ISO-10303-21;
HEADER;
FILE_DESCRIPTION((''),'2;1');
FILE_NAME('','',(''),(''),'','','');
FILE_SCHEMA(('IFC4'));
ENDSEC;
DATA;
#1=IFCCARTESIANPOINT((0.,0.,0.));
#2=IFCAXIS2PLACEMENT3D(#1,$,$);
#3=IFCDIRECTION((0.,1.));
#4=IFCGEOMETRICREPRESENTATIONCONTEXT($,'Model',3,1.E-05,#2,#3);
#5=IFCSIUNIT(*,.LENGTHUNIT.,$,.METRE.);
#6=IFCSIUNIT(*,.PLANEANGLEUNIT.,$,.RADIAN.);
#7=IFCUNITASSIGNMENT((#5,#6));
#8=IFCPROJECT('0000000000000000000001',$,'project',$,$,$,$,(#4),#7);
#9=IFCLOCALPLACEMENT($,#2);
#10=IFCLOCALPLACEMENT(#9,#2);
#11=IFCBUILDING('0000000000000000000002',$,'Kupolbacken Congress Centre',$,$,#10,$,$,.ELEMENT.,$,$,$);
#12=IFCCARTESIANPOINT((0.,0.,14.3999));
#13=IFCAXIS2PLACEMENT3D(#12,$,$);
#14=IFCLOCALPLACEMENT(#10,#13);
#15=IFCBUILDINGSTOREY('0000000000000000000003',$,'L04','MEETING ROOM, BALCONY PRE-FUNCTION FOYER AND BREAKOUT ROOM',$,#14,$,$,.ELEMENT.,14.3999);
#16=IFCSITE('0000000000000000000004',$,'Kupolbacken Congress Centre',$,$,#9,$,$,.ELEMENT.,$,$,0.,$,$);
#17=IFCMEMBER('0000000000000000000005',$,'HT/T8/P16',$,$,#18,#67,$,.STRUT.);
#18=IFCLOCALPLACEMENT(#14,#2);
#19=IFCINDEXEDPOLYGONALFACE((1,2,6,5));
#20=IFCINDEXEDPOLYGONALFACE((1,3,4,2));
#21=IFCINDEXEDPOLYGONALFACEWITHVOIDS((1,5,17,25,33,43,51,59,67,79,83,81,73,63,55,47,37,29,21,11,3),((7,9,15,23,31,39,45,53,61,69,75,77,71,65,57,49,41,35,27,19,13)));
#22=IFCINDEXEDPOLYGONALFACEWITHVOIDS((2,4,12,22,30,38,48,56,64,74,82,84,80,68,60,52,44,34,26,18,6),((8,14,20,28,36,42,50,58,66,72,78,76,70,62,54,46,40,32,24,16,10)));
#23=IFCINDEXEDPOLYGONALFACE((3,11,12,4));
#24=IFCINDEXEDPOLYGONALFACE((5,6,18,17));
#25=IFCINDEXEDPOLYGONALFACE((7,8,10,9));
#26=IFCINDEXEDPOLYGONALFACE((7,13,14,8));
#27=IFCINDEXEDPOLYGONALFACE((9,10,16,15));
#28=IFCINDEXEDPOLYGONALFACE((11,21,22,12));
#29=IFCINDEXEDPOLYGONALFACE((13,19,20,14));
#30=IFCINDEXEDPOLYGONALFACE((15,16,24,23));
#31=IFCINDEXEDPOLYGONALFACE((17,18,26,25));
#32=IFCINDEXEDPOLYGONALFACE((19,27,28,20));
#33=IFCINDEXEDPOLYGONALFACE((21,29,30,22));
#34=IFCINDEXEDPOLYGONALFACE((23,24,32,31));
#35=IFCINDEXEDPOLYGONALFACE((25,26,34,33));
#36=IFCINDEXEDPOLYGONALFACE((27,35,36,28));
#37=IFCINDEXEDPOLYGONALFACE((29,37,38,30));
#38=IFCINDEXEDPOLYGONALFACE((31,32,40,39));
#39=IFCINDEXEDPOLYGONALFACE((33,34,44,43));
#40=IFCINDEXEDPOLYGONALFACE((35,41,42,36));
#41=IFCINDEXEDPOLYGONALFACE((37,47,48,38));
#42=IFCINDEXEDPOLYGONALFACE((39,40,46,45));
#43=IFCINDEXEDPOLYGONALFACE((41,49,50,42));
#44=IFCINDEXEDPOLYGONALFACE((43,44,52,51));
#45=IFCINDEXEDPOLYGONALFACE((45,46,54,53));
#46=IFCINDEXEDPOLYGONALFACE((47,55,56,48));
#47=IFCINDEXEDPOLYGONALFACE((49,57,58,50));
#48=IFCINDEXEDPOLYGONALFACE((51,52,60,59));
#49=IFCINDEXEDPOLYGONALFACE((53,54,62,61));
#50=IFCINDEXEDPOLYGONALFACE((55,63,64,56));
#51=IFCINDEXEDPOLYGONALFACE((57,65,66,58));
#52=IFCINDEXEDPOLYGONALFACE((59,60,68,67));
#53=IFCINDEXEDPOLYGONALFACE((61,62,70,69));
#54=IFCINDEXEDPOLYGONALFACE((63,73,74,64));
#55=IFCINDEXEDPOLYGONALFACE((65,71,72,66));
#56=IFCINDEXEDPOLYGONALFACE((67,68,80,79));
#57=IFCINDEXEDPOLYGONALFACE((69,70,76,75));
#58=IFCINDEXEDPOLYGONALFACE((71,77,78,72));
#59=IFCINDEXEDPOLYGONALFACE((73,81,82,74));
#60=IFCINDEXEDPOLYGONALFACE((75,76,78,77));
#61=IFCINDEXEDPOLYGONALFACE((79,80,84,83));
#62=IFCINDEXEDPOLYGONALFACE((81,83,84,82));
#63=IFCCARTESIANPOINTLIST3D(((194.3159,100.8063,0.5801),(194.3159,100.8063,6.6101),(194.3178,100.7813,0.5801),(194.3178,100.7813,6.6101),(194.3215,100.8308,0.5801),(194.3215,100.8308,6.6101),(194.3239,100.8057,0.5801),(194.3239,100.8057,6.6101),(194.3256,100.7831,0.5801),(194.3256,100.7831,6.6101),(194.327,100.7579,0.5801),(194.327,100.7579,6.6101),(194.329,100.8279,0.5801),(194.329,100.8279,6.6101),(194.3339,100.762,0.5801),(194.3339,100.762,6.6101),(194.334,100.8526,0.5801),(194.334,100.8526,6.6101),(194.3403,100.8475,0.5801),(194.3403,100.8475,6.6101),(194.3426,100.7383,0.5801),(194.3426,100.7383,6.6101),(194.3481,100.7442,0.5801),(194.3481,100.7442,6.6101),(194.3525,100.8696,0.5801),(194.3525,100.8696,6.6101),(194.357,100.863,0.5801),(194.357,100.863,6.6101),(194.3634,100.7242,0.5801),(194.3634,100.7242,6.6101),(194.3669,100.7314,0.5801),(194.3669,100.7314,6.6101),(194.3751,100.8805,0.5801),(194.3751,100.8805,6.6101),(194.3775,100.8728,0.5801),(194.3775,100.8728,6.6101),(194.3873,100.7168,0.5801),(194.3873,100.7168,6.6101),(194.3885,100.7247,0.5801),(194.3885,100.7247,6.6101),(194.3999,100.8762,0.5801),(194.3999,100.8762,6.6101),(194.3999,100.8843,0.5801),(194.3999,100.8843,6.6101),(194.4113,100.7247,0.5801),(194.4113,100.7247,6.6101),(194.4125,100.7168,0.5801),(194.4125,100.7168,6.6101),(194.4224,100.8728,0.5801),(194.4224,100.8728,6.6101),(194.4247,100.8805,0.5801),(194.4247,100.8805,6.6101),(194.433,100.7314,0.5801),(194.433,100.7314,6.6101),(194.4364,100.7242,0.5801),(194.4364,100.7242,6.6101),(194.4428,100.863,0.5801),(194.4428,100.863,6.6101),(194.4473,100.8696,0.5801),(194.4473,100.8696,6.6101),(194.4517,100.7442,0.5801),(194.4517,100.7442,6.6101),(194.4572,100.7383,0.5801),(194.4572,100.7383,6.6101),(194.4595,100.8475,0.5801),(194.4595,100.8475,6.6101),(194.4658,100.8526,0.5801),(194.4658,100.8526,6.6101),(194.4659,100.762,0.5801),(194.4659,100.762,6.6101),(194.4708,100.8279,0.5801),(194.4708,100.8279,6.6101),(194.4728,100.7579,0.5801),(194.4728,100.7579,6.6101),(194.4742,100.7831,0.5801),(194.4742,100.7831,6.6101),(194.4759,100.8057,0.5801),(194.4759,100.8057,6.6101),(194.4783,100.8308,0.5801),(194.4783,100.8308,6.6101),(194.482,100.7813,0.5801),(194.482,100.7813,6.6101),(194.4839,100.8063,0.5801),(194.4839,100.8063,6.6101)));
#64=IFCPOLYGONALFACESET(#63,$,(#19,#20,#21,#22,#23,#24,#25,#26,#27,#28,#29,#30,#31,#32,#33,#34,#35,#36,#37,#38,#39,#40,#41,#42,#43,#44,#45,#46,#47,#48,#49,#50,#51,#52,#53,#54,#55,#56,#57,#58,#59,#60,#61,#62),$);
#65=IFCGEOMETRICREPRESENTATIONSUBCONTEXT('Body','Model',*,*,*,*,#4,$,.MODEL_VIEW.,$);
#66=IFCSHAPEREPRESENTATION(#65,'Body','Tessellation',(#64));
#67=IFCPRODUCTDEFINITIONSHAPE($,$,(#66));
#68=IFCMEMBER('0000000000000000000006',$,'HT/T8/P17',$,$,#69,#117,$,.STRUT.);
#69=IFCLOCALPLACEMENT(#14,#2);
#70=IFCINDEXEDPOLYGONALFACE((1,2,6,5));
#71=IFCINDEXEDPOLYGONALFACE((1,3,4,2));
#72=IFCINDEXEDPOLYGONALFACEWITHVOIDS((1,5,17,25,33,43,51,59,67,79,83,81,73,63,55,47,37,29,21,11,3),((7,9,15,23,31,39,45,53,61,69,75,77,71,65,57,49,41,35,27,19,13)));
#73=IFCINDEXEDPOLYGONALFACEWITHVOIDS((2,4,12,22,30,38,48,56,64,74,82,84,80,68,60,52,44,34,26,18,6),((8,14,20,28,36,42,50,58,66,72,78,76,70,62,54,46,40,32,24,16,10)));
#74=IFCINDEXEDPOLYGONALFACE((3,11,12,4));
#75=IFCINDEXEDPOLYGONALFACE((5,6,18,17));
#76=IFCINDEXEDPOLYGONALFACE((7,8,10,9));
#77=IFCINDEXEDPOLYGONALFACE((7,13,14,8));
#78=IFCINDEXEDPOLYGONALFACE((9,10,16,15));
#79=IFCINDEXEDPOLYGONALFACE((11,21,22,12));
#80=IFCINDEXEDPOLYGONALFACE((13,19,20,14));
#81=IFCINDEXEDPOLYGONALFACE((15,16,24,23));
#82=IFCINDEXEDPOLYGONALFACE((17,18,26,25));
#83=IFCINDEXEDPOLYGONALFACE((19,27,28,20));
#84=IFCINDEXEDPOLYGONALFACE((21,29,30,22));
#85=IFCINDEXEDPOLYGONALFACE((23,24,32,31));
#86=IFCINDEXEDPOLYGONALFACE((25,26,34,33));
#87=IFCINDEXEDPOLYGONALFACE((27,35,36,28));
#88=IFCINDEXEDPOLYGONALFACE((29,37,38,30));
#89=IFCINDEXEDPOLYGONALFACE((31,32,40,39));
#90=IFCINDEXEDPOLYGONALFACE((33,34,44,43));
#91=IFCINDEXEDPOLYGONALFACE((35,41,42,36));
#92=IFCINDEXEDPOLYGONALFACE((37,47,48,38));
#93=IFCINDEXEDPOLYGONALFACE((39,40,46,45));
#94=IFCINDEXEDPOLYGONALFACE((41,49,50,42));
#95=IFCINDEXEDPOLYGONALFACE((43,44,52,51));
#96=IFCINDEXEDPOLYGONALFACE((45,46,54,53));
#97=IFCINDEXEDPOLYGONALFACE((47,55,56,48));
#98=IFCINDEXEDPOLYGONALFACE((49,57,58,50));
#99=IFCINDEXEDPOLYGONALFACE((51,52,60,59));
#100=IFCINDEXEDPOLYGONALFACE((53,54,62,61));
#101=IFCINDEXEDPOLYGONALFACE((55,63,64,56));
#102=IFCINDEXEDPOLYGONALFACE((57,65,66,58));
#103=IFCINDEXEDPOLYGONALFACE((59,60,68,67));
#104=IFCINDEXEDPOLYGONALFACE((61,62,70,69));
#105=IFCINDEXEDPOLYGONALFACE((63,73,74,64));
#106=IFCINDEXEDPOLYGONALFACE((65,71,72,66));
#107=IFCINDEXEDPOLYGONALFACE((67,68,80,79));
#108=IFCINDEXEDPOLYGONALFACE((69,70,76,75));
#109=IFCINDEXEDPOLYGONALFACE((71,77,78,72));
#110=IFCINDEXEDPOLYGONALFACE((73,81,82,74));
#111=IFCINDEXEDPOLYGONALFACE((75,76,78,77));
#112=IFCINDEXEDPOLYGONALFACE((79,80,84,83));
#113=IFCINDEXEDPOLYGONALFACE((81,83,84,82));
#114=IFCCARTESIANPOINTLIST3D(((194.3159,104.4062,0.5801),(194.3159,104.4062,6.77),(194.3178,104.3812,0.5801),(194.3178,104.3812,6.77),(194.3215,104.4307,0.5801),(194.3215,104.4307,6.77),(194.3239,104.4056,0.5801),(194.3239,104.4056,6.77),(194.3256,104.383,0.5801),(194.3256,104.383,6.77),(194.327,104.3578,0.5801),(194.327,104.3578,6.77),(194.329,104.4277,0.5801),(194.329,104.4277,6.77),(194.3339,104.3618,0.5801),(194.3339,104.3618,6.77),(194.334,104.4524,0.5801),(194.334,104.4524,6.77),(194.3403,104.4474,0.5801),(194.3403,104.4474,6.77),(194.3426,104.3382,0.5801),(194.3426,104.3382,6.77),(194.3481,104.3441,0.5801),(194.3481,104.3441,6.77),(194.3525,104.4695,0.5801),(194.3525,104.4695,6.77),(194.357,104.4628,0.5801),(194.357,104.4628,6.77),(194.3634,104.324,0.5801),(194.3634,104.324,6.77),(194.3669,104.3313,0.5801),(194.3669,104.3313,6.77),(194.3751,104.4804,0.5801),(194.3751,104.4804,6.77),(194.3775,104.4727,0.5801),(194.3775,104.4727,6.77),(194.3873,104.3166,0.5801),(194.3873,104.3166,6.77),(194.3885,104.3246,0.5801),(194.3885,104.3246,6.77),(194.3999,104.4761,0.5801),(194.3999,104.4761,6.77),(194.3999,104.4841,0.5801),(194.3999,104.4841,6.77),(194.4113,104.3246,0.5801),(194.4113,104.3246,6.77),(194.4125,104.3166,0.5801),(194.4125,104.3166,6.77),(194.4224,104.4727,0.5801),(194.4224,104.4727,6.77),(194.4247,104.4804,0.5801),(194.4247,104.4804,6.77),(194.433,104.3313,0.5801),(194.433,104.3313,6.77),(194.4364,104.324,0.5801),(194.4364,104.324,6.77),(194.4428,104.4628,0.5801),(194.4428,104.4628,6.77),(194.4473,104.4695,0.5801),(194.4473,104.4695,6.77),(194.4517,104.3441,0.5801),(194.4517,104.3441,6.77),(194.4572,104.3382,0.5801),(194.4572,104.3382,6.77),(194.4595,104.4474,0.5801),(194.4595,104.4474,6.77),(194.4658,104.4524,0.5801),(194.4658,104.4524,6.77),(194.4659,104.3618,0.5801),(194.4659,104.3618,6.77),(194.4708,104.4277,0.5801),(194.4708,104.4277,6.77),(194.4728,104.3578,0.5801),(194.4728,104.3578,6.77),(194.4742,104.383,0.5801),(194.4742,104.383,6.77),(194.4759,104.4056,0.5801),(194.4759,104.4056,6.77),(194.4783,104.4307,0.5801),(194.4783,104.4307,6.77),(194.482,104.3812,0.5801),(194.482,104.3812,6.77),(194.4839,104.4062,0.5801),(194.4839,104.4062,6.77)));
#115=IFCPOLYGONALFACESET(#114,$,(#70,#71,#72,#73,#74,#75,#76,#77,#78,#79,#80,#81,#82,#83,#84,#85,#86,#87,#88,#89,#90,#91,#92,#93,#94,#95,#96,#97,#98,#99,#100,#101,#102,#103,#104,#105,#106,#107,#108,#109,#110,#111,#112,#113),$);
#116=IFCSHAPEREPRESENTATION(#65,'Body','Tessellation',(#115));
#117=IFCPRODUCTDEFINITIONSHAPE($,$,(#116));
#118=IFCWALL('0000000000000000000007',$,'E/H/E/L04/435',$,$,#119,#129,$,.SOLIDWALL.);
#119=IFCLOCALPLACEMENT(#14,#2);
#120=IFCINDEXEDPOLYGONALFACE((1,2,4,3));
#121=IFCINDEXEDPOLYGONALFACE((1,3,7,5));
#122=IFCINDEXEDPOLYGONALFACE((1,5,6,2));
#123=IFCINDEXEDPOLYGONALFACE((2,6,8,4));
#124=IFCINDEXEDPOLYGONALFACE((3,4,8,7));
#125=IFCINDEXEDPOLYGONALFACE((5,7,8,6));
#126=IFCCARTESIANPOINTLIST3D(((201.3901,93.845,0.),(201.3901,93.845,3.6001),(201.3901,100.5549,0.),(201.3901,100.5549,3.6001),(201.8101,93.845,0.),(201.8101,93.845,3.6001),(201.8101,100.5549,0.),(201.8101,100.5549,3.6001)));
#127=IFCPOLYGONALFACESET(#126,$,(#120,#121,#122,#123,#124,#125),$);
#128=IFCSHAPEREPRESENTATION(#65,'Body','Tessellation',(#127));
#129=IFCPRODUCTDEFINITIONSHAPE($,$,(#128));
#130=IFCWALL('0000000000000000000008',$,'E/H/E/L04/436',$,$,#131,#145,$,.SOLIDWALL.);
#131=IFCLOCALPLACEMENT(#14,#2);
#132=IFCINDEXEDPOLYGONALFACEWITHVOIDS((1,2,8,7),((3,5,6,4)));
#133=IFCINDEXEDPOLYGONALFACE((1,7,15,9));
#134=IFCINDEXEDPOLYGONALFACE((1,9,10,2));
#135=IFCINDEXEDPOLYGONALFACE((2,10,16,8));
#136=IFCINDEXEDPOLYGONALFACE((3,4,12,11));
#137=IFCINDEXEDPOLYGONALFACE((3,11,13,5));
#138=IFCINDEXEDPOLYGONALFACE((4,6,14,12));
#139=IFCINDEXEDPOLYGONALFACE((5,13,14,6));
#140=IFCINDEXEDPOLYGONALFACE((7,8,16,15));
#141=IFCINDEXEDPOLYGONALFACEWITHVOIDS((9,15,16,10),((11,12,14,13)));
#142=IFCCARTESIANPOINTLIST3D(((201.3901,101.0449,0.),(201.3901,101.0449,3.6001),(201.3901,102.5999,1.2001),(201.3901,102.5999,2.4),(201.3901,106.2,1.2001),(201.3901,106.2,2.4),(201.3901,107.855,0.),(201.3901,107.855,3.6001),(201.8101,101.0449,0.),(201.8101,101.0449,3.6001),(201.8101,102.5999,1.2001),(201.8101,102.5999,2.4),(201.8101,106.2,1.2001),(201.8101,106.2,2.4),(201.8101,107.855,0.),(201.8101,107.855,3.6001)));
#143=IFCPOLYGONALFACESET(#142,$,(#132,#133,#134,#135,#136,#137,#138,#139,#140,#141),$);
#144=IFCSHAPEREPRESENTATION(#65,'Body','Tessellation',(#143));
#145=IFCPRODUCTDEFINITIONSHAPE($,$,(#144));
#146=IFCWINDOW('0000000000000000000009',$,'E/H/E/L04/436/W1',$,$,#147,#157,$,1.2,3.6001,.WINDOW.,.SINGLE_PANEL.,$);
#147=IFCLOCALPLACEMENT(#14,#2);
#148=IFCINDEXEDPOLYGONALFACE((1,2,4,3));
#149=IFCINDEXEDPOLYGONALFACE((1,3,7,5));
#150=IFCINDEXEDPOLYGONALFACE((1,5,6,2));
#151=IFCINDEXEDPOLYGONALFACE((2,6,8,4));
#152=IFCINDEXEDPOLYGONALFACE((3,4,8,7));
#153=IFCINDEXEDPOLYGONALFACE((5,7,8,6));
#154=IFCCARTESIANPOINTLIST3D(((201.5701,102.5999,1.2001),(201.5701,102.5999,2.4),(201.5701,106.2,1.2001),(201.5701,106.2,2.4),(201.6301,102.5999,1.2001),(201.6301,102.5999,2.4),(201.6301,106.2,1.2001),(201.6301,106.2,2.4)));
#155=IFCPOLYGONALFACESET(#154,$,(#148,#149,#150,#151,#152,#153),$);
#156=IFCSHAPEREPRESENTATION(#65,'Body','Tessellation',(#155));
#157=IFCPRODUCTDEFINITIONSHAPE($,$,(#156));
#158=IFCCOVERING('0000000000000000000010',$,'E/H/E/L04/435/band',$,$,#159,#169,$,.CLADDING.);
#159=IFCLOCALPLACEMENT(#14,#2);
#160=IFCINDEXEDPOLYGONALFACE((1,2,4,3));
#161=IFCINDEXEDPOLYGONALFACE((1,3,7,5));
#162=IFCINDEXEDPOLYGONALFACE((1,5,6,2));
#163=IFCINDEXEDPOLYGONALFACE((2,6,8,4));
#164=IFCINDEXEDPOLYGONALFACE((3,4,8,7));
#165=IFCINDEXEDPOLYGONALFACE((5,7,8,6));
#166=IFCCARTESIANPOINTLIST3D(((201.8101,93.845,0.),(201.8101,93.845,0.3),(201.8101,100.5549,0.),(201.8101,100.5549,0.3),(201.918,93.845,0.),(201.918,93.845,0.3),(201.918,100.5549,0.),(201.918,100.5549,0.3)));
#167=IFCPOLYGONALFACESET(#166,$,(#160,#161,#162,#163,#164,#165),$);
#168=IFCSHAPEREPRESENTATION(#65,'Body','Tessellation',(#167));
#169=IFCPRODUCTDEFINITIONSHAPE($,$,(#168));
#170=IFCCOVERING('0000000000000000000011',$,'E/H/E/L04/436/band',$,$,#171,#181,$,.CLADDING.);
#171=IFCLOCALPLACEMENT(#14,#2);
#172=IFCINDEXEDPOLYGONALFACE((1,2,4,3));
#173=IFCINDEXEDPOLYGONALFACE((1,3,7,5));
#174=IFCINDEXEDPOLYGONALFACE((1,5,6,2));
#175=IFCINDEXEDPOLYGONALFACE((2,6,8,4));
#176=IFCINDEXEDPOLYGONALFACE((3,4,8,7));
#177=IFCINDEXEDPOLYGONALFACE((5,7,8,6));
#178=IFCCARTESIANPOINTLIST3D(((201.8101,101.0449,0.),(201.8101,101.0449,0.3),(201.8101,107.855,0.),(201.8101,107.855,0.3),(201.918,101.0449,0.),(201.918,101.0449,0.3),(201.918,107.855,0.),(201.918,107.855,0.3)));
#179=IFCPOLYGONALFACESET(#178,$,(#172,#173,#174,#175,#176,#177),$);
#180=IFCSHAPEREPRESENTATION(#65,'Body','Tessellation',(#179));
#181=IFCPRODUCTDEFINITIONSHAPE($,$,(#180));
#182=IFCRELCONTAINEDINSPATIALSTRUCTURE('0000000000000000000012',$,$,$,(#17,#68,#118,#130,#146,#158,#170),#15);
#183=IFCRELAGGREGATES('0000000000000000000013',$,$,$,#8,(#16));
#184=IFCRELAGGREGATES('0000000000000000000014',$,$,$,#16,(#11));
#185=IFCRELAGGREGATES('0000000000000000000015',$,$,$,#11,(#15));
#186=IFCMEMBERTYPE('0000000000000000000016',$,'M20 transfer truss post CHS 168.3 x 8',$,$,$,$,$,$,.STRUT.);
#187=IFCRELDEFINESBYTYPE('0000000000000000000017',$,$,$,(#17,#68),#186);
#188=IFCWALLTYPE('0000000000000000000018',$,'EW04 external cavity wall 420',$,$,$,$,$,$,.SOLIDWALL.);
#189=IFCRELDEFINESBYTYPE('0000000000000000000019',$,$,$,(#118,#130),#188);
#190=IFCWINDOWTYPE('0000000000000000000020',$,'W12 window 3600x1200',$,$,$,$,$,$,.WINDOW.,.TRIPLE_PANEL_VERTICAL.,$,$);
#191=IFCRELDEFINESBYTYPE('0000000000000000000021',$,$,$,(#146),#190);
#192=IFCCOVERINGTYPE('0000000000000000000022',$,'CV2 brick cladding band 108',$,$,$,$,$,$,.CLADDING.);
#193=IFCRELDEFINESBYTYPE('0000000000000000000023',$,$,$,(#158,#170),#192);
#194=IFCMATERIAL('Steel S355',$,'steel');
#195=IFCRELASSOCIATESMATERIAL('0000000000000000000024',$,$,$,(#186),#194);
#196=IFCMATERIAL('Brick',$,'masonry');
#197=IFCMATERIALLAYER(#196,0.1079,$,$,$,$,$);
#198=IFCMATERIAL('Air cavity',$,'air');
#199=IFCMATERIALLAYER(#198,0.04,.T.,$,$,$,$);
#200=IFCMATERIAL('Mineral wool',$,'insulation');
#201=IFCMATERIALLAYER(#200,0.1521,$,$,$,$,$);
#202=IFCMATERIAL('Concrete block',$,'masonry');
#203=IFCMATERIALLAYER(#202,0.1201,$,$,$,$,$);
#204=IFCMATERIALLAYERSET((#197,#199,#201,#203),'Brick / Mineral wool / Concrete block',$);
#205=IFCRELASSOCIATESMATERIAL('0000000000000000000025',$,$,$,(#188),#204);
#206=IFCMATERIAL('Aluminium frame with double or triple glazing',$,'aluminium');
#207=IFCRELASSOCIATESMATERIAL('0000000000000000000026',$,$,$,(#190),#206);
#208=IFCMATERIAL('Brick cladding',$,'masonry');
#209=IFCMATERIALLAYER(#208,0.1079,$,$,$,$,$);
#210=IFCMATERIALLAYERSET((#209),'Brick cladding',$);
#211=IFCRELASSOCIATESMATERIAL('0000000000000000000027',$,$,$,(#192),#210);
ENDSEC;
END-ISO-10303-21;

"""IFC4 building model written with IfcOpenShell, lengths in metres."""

from ifc_helpers import new_model, si_unit, direction, frame, frame_2d, origin, origin_2d, place, context, subcontext, project, spatial, rectangle, hollow_circle, extrude, material, layer, layer_set, material_profile, profile_set, type_object, element, fill, save


model = new_model("IFC4")

# Units and contexts
model_context = context("Model", 3, precision=1e-05, world=origin(), true_north=direction((0.0, 1.0)))
body_context = subcontext(model_context, "Body", "Model", "MODEL_VIEW")
ifc_project = project(units=[si_unit("LENGTHUNIT", "METRE"), si_unit("PLANEANGLEUNIT", "RADIAN")], contexts=[model_context])

# Site, building, storey
site_placement = place(None, origin())
site = spatial("IfcSite", under=ifc_project, at=site_placement, Name="Kupolbacken Congress Centre", CompositionType="ELEMENT", RefElevation=0.0)
building_placement = place(site_placement, origin())
building = spatial("IfcBuilding", under=site, at=building_placement, Name="Kupolbacken Congress Centre", CompositionType="ELEMENT")
storey_placement = place(building_placement, frame((0.0, 0.0, 14.3999)))
storey = spatial("IfcBuildingStorey", under=building, at=storey_placement, Name="L04", Description="MEETING ROOM, BALCONY PRE-FUNCTION FOYER AND BREAKOUT ROOM", CompositionType="ELEMENT", Elevation=14.3999)

# Members
ifc_material_1 = material(Name="Steel S355", Category="steel")
ifc_material_profile_1 = material_profile(ifc_material_1, hollow_circle(Radius=0.0842, WallThickness=0.0081, at=origin_2d()), Name="CHS 168.3 x 8")
ifc_profile_set_1 = profile_set([ifc_material_profile_1], Name="Steel S355")
member_type_1 = type_object("IfcMemberType", Name="M20 transfer truss post CHS 168.3 x 8", PredefinedType="STRUT", material=ifc_profile_set_1)
member_1_placement = place(storey_placement, frame((194.3999, 100.8, 0.5801), z_axis=(0.0, 0.0, 1.0), x_axis=(0.0, 1.0, 0.0)))
element("IfcMember", 1, at=member_1_placement, inside=storey, type_object=member_type_1, Name="HT/T8/P16", PredefinedType="STRUT", context=body_context, shape_type="SweptSolid", body=[
    extrude(hollow_circle(Radius=0.0842, WallThickness=0.0081, at=origin_2d()), origin(), (0.0, 0.0, 1.0), 6.03),
])
member_2_placement = place(storey_placement, frame((194.3999, 104.3999, 0.5801), z_axis=(0.0, 0.0, 1.0), x_axis=(0.0, 1.0, 0.0)))
element("IfcMember", 2, at=member_2_placement, inside=storey, type_object=member_type_1, Name="HT/T8/P17", PredefinedType="STRUT", context=body_context, shape_type="SweptSolid", body=[
    extrude(hollow_circle(Radius=0.0842, WallThickness=0.0081, at=origin_2d()), origin(), (0.0, 0.0, 1.0), 6.1899),
])

# Wall
ifc_material_2 = material(Name="Brick", Category="masonry")
ifc_layer_1 = layer(ifc_material_2, 0.1079)
ifc_material_3 = material(Name="Air cavity", Category="air")
ifc_layer_2 = layer(ifc_material_3, 0.04, ventilated=True)
ifc_material_4 = material(Name="Mineral wool", Category="insulation")
ifc_layer_3 = layer(ifc_material_4, 0.1521)
ifc_material_5 = material(Name="Concrete block", Category="masonry")
ifc_layer_4 = layer(ifc_material_5, 0.1201)
ifc_layer_set_1 = layer_set([ifc_layer_1, ifc_layer_2, ifc_layer_3, ifc_layer_4], Name="Brick / Mineral wool / Concrete block")
wall_type = type_object("IfcWallType", Name="EW04 external cavity wall 420", PredefinedType="SOLIDWALL", material=ifc_layer_set_1)
wall_1_placement = place(storey_placement, frame((201.6001, 93.845, 0.0), z_axis=(0.0, 0.0, 1.0), x_axis=(0.0, 1.0, 0.0)))
element("IfcWall", 3, at=wall_1_placement, inside=storey, type_object=wall_type, Name="E/H/E/L04/435", PredefinedType="SOLIDWALL", context=body_context, shape_type="SweptSolid", body=[
    extrude(rectangle(XDim=6.71, YDim=0.4199, at=frame_2d((3.355, 0.0))), origin(), (0.0, 0.0, 1.0), 3.6001),
])

# Wall, opening, window
wall_2_placement = place(storey_placement, frame((201.6001, 101.0449, 0.0), z_axis=(0.0, 0.0, 1.0), x_axis=(0.0, 1.0, 0.0)))
wall_2 = element("IfcWall", 4, at=wall_2_placement, inside=storey, type_object=wall_type, Name="E/H/E/L04/436", PredefinedType="SOLIDWALL", context=body_context, shape_type="SweptSolid", body=[
    extrude(rectangle(XDim=6.8101, YDim=0.4199, at=frame_2d((3.405, 0.0))), origin(), (0.0, 0.0, 1.0), 3.6001),
])
opening_placement = place(wall_2_placement, frame((1.5549, 0.0, 1.2)))
opening = element("IfcOpeningElement", 5, at=opening_placement, cuts=wall_2, PredefinedType="OPENING", context=body_context, shape_type="SweptSolid", body=[
    extrude(rectangle(XDim=3.6001, YDim=1.2, at=frame_2d((1.8, 0.6001))), frame((0.0, 0.22, 0.0), z_axis=(0.0, -1.0, 0.0), x_axis=(1.0, 0.0, 0.0)), (0.0, 0.0, 1.0), 0.4399),
])
ifc_material_6 = material(Name="Aluminium frame with double or triple glazing", Category="aluminium")
window_type = type_object("IfcWindowType", Name="W12 window 3600x1200", PartitioningType="TRIPLE_PANEL_VERTICAL", PredefinedType="WINDOW", material=ifc_material_6)
window_placement = place(opening_placement, origin())
window = element("IfcWindow", 6, at=window_placement, inside=storey, type_object=window_type, Name="E/H/E/L04/436/W1", OverallHeight=1.2, OverallWidth=3.6001, PartitioningType="SINGLE_PANEL", PredefinedType="WINDOW", context=body_context, shape_type="SweptSolid", body=[
    extrude(rectangle(XDim=3.6001, YDim=1.2, at=frame_2d((1.8, 0.6001))), frame((0.0, 0.03, 0.0), z_axis=(0.0, -1.0, 0.0), x_axis=(1.0, 0.0, 0.0)), (0.0, 0.0, 1.0), 0.0601),
])
fill(opening, window)

# Coverings
ifc_material_7 = material(Name="Brick cladding", Category="masonry")
ifc_layer_5 = layer(ifc_material_7, 0.1079)
ifc_layer_set_2 = layer_set([ifc_layer_5], Name="Brick cladding")
covering_type = type_object("IfcCoveringType", Name="CV2 brick cladding band 108", PredefinedType="CLADDING", material=ifc_layer_set_2)
covering_1_placement = place(storey_placement, frame((201.864, 97.2, 0.0), z_axis=(0.0, 0.0, 1.0), x_axis=(0.0, 1.0, 0.0)))
element("IfcCovering", 7, at=covering_1_placement, inside=storey, type_object=covering_type, Name="E/H/E/L04/435/band", PredefinedType="CLADDING", context=body_context, shape_type="SweptSolid", body=[
    extrude(rectangle(XDim=6.71, YDim=0.1079, at=origin_2d()), origin(), (0.0, 0.0, 1.0), 0.3),
])
covering_2_placement = place(storey_placement, frame((201.864, 104.45, 0.0), z_axis=(0.0, 0.0, 1.0), x_axis=(0.0, 1.0, 0.0)))
element("IfcCovering", 8, at=covering_2_placement, inside=storey, type_object=covering_type, Name="E/H/E/L04/436/band", PredefinedType="CLADDING", context=body_context, shape_type="SweptSolid", body=[
    extrude(rectangle(XDim=6.8101, YDim=0.1079, at=origin_2d()), origin(), (0.0, 0.0, 1.0), 0.3),
])

save(model, "model.ifc")
